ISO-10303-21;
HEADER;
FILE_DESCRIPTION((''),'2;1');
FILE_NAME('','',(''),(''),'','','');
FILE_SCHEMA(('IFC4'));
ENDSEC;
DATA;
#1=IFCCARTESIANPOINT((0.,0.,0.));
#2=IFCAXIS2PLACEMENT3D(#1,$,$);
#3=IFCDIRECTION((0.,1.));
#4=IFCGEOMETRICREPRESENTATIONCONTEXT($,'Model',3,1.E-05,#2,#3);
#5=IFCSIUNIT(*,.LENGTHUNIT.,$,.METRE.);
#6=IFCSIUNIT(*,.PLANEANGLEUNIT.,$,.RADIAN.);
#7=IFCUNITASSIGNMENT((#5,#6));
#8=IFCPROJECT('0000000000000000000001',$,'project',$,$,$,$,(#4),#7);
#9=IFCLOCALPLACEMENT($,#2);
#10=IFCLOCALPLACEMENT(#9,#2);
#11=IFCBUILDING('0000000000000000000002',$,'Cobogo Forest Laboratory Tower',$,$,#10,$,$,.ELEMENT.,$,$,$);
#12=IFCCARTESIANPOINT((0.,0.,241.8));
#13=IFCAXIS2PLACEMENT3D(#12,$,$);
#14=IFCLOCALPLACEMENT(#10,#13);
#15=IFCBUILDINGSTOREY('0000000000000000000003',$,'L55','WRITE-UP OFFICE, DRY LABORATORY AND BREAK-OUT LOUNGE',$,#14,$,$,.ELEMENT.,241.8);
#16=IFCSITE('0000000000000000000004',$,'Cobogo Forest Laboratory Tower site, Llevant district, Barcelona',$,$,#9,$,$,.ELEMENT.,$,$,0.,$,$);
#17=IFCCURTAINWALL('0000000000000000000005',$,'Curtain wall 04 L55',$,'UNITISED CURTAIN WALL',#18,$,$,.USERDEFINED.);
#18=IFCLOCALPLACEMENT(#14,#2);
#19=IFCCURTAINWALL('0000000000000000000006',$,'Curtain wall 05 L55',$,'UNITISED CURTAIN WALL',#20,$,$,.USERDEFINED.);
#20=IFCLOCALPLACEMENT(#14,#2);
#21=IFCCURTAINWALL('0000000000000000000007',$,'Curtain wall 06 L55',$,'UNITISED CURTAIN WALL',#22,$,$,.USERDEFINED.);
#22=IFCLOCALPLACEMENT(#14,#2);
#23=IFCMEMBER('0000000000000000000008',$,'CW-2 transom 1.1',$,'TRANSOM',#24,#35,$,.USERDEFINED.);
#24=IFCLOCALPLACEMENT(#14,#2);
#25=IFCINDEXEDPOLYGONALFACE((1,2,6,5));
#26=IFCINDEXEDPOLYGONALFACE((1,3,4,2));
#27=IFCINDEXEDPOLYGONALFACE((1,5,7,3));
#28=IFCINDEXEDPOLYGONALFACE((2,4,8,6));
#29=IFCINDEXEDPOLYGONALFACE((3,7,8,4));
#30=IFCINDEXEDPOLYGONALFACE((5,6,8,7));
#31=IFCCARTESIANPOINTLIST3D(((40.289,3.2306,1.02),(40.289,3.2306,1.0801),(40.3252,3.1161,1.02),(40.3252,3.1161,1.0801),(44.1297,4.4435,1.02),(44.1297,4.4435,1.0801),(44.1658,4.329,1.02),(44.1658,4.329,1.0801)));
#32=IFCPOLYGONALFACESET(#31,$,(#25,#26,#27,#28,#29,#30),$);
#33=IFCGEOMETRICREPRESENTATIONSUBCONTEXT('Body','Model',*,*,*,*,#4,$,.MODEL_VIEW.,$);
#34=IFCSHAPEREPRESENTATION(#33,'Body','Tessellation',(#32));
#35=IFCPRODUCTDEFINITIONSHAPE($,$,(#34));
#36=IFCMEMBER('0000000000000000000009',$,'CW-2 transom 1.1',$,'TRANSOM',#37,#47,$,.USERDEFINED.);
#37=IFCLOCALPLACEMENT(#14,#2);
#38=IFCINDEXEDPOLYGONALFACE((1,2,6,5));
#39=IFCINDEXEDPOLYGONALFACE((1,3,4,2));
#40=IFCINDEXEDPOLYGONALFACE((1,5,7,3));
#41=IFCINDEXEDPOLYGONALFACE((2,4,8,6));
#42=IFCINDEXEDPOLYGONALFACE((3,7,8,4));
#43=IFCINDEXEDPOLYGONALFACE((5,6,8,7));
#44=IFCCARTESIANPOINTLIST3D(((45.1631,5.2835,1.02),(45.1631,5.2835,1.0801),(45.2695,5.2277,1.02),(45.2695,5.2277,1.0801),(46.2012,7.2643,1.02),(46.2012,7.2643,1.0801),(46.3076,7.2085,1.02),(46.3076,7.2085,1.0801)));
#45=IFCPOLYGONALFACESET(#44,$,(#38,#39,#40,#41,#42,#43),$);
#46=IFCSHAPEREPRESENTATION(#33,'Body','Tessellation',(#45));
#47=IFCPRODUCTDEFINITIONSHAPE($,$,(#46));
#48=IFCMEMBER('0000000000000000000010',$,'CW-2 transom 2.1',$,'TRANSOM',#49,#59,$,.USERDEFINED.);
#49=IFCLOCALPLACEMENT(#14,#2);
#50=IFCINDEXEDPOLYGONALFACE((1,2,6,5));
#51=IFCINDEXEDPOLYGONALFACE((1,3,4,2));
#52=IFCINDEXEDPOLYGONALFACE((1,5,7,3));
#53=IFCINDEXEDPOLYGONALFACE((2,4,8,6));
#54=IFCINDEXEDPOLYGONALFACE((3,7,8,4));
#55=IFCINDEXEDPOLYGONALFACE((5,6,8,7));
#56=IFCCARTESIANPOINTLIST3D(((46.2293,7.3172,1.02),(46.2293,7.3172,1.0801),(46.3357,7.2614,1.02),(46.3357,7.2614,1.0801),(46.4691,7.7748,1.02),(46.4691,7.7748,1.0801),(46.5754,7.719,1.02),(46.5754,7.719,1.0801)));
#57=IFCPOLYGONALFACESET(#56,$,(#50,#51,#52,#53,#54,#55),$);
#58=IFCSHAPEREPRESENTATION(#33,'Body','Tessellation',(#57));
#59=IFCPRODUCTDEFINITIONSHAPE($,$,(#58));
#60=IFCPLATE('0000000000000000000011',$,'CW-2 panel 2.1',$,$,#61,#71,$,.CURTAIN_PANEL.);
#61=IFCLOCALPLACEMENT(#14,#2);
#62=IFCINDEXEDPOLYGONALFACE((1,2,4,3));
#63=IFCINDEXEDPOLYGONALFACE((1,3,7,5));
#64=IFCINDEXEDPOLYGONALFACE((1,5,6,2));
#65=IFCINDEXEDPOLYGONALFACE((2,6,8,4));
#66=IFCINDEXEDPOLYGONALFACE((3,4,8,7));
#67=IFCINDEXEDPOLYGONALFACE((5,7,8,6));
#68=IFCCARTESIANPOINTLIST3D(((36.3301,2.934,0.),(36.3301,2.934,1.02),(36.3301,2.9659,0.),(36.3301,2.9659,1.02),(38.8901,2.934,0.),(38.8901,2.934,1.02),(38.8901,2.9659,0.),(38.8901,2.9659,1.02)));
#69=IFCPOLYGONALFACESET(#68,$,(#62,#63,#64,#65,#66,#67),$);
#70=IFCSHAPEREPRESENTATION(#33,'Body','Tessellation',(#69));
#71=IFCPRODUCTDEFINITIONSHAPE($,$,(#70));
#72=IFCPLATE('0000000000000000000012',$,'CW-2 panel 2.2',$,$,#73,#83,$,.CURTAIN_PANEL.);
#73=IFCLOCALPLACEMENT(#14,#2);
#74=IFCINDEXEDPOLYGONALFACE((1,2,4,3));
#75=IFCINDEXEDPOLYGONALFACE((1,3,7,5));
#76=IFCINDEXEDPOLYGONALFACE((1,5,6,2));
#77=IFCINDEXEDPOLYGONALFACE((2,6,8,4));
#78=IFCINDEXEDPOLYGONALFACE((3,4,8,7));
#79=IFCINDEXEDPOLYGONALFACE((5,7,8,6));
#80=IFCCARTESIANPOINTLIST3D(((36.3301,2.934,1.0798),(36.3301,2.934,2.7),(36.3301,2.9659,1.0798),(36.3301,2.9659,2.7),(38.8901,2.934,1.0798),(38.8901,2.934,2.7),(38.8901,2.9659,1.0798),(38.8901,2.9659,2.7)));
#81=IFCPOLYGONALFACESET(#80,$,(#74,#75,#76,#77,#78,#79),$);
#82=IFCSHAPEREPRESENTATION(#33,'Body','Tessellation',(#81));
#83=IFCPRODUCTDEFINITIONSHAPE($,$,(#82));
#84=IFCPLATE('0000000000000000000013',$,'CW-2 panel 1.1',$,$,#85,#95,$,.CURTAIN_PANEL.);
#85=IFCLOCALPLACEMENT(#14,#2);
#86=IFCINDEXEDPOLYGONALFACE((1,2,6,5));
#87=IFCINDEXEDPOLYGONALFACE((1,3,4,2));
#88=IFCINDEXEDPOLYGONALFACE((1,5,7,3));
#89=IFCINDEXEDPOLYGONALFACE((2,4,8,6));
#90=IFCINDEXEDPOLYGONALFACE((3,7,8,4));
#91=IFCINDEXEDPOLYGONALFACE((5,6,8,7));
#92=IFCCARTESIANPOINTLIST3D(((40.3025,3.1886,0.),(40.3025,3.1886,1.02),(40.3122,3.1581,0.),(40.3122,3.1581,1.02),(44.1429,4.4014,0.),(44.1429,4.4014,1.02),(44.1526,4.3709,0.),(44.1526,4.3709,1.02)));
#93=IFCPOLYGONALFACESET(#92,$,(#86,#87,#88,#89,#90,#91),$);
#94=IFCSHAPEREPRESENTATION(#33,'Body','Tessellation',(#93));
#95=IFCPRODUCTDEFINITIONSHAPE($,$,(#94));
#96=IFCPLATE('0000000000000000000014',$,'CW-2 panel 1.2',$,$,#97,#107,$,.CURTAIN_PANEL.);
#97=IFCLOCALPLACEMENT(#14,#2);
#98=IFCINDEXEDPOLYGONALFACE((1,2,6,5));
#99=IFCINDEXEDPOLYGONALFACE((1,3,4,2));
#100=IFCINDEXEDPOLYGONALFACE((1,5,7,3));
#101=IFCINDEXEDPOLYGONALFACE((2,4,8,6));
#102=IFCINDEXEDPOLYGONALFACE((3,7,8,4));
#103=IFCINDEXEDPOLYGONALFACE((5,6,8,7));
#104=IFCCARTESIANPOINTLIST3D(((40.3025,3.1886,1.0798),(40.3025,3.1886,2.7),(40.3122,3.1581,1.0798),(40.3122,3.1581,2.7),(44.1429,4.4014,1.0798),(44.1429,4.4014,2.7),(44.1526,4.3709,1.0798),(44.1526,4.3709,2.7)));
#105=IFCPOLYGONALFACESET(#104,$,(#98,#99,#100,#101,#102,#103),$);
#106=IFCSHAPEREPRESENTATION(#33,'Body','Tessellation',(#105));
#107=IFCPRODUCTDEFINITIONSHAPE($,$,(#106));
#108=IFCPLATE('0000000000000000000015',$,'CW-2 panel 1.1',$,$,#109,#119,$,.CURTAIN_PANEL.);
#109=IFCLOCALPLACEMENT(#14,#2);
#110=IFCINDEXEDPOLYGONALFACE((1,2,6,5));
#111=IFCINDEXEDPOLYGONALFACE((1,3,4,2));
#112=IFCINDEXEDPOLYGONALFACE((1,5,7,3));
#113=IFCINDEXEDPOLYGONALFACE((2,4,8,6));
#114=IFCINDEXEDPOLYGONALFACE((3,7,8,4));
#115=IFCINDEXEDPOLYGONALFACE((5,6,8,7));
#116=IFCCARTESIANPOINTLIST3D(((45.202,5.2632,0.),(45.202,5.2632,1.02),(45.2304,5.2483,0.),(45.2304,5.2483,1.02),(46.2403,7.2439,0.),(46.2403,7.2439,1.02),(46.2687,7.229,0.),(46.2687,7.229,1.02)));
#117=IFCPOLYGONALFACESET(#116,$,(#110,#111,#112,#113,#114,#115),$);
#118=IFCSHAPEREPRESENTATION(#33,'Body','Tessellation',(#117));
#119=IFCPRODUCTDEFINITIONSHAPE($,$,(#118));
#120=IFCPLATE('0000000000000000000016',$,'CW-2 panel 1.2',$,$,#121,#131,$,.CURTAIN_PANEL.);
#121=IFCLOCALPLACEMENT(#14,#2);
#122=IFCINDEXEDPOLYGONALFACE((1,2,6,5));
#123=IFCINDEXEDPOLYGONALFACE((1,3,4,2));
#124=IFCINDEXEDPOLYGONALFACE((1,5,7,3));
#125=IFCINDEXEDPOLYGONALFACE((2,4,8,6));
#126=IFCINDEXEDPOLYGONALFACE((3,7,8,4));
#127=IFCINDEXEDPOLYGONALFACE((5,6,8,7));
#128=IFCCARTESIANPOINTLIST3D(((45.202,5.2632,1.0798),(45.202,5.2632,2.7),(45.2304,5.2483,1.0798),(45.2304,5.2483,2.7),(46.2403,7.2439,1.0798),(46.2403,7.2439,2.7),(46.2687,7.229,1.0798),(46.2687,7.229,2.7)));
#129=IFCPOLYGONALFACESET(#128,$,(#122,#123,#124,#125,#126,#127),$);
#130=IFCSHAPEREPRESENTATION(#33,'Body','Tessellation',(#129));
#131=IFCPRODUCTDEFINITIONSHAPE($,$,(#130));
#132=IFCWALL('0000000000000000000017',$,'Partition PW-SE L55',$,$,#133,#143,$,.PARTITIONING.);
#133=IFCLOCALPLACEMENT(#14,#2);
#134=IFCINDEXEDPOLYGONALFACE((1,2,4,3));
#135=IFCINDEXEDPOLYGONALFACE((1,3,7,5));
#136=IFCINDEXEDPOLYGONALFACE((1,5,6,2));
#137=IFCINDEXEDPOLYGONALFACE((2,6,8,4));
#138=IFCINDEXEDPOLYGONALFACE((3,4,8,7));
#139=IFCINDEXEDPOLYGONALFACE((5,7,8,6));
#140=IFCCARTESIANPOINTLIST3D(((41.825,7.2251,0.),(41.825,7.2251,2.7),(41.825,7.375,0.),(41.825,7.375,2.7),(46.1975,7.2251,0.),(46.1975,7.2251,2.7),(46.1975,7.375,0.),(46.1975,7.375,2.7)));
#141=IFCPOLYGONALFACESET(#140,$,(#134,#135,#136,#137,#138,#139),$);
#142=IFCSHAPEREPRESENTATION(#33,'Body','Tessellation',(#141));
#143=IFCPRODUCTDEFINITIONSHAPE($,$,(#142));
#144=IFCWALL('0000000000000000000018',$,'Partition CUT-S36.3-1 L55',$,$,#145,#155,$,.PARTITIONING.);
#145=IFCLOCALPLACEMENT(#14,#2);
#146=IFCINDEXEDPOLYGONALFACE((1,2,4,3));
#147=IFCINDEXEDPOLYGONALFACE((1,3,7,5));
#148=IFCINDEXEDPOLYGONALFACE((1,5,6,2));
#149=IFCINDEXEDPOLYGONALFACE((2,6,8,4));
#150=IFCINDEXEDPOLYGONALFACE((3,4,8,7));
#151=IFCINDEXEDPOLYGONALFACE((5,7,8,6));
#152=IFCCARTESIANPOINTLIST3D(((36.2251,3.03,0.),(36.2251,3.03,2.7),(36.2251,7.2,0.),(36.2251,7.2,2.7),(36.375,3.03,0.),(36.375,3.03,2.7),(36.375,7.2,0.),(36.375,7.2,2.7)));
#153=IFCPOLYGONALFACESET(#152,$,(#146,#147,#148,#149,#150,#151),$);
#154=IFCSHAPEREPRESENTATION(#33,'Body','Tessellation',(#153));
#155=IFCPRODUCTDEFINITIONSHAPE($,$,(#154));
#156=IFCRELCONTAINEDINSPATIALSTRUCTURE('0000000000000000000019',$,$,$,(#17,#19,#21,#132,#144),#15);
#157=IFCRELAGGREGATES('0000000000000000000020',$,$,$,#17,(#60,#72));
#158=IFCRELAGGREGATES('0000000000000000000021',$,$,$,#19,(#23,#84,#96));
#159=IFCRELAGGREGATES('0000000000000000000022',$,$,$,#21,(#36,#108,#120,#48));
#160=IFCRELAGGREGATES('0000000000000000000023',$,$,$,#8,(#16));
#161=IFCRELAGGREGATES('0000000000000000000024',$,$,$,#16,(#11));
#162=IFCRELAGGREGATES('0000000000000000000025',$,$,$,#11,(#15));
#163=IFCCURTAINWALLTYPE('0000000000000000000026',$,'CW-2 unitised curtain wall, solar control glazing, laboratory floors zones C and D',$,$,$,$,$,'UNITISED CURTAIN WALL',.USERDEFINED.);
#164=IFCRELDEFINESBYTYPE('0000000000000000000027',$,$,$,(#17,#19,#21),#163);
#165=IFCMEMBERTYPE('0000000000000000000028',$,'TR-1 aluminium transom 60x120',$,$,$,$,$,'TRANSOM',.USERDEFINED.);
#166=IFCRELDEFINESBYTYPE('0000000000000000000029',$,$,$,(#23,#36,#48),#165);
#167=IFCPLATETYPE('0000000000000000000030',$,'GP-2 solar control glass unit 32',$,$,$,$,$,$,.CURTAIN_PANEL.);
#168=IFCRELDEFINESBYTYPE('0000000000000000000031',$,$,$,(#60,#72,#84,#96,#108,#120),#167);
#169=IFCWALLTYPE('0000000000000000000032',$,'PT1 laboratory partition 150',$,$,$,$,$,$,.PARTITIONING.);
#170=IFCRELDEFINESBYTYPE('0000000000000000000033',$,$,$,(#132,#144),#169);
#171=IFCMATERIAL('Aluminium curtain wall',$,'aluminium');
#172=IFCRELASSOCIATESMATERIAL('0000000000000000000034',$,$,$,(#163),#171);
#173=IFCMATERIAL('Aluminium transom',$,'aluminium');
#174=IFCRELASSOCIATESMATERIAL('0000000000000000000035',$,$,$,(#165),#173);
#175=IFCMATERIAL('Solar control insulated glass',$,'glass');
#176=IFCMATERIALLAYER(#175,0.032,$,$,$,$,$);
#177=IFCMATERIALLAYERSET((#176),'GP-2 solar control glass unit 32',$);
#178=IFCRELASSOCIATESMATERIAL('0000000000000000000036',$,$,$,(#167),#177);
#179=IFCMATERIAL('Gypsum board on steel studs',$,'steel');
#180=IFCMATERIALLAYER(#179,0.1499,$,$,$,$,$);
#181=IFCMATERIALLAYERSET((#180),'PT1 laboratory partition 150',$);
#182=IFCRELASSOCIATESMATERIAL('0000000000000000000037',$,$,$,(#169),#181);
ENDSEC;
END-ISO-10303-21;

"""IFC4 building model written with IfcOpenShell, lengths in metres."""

from ifc_helpers import new_model, si_unit, direction, frame, frame_2d, origin, origin_2d, place, context, subcontext, project, spatial, rectangle, extrude, material, layer, layer_set, material_profile, profile_set, type_object, element, aggregate, save


model = new_model("IFC4")

# Units and contexts
model_context = context("Model", 3, precision=1e-05, world=origin(), true_north=direction((0.0, 1.0)))
body_context = subcontext(model_context, "Body", "Model", "MODEL_VIEW")
ifc_project = project(units=[si_unit("LENGTHUNIT", "METRE"), si_unit("PLANEANGLEUNIT", "RADIAN")], contexts=[model_context])

# Site, building, storey
site_placement = place(None, origin())
site = spatial("IfcSite", under=ifc_project, at=site_placement, Name="Cobogo Forest Laboratory Tower site, Llevant district, Barcelona", CompositionType="ELEMENT", RefElevation=0.0)
building_placement = place(site_placement, origin())
building = spatial("IfcBuilding", under=site, at=building_placement, Name="Cobogo Forest Laboratory Tower", CompositionType="ELEMENT")
storey_placement = place(building_placement, frame((0.0, 0.0, 241.8)))
storey = spatial("IfcBuildingStorey", under=building, at=storey_placement, Name="L55", Description="WRITE-UP OFFICE, DRY LABORATORY AND BREAK-OUT LOUNGE", CompositionType="ELEMENT", Elevation=241.8)

# Curtain walls
ifc_material_1 = material(Name="Aluminium curtain wall", Category="aluminium")
curtain_wall_type = type_object("IfcCurtainWallType", Name="CW-2 unitised curtain wall, solar control glazing, laboratory floors zones C and D", ElementType="UNITISED CURTAIN WALL", PredefinedType="USERDEFINED", material=ifc_material_1)
curtain_wall_1_placement = place(storey_placement, origin())
curtain_wall_1 = element("IfcCurtainWall", 1, at=curtain_wall_1_placement, inside=storey, type_object=curtain_wall_type, Name="Curtain wall 04 L55", ObjectType="UNITISED CURTAIN WALL", PredefinedType="USERDEFINED")
curtain_wall_2_placement = place(storey_placement, origin())
curtain_wall_2 = element("IfcCurtainWall", 2, at=curtain_wall_2_placement, inside=storey, type_object=curtain_wall_type, Name="Curtain wall 05 L55", ObjectType="UNITISED CURTAIN WALL", PredefinedType="USERDEFINED")
curtain_wall_3_placement = place(storey_placement, origin())
curtain_wall_3 = element("IfcCurtainWall", 3, at=curtain_wall_3_placement, inside=storey, type_object=curtain_wall_type, Name="Curtain wall 06 L55", ObjectType="UNITISED CURTAIN WALL", PredefinedType="USERDEFINED")

# Members
ifc_material_2 = material(Name="Aluminium transom", Category="aluminium")
ifc_material_profile_1 = material_profile(ifc_material_2, rectangle(XDim=0.1201, YDim=0.0601, at=origin_2d()), Name="AL 60x120")
ifc_profile_set_1 = profile_set([ifc_material_profile_1], Name="Aluminium transom")
member_type_1 = type_object("IfcMemberType", Name="TR-1 aluminium transom 60x120", ElementType="TRANSOM", PredefinedType="USERDEFINED", material=ifc_profile_set_1)
member_1_placement = place(storey_placement, frame((40.3071, 3.1733, 1.05), z_axis=(0.953577, 0.301149, 0.0), x_axis=(-0.301149, 0.953577, 0.0)))
member_1 = element("IfcMember", 4, at=member_1_placement, type_object=member_type_1, Name="CW-2 transom 1.1", ObjectType="TRANSOM", PredefinedType="USERDEFINED", context=body_context, shape_type="SweptSolid", body=[
    extrude(rectangle(XDim=0.1201, YDim=0.0601, at=origin_2d()), origin(), (0.0, 0.0, 1.0), 4.0276),
])
member_2_placement = place(storey_placement, frame((45.2163, 5.2556, 1.05), z_axis=(0.464207, 0.885727, 0.0), x_axis=(-0.885727, 0.464207, 0.0)))
member_2 = element("IfcMember", 5, at=member_2_placement, type_object=member_type_1, Name="CW-2 transom 1.1", ObjectType="TRANSOM", PredefinedType="USERDEFINED", context=body_context, shape_type="SweptSolid", body=[
    extrude(rectangle(XDim=0.1201, YDim=0.0601, at=origin_2d()), origin(), (0.0, 0.0, 1.0), 2.2363),
])
member_3_placement = place(storey_placement, frame((46.2825, 7.2893, 1.05), z_axis=(0.464148, 0.885758, 0.0), x_axis=(-0.885758, 0.464148, 0.0)))
member_3 = element("IfcMember", 6, at=member_3_placement, type_object=member_type_1, Name="CW-2 transom 2.1", ObjectType="TRANSOM", PredefinedType="USERDEFINED", context=body_context, shape_type="SweptSolid", body=[
    extrude(rectangle(XDim=0.1201, YDim=0.0601, at=origin_2d()), origin(), (0.0, 0.0, 1.0), 0.5166),
])

# Plates
ifc_material_3 = material(Name="Solar control insulated glass", Category="glass")
ifc_layer_1 = layer(ifc_material_3, 0.032)
ifc_layer_set_1 = layer_set([ifc_layer_1], Name="GP-2 solar control glass unit 32")
plate_type = type_object("IfcPlateType", Name="GP-2 solar control glass unit 32", PredefinedType="CURTAIN_PANEL", material=ifc_layer_set_1)
plate_1_placement = place(storey_placement, frame((37.6101, 2.95, 0.0), z_axis=(0.0, 0.0, 1.0), x_axis=(1.0, 0.0, 0.0)))
plate_1 = element("IfcPlate", 7, at=plate_1_placement, type_object=plate_type, Name="CW-2 panel 2.1", PredefinedType="CURTAIN_PANEL", context=body_context, shape_type="SweptSolid", body=[
    extrude(rectangle(XDim=2.5601, YDim=0.032, at=origin_2d()), origin(), (0.0, 0.0, 1.0), 1.02),
])
plate_2_placement = place(storey_placement, frame((37.6101, 2.95, 1.0798), z_axis=(0.0, 0.0, 1.0), x_axis=(1.0, 0.0, 0.0)))
plate_2 = element("IfcPlate", 8, at=plate_2_placement, type_object=plate_type, Name="CW-2 panel 2.2", PredefinedType="CURTAIN_PANEL", context=body_context, shape_type="SweptSolid", body=[
    extrude(rectangle(XDim=2.5601, YDim=0.032, at=origin_2d()), origin(), (0.0, 0.0, 1.0), 1.6201),
])
aggregate(curtain_wall_1, [plate_1, plate_2])
plate_3_placement = place(storey_placement, frame((42.2275, 3.7798, 0.0), z_axis=(0.0, 0.0, 1.0), x_axis=(0.953581, 0.301135, 0.0)))
plate_3 = element("IfcPlate", 9, at=plate_3_placement, type_object=plate_type, Name="CW-2 panel 1.1", PredefinedType="CURTAIN_PANEL", context=body_context, shape_type="SweptSolid", body=[
    extrude(rectangle(XDim=4.0273, YDim=0.032, at=origin_2d()), origin(), (0.0, 0.0, 1.0), 1.02),
])
plate_4_placement = place(storey_placement, frame((42.2275, 3.7798, 1.0798), z_axis=(0.0, 0.0, 1.0), x_axis=(0.953581, 0.301135, 0.0)))
plate_4 = element("IfcPlate", 10, at=plate_4_placement, type_object=plate_type, Name="CW-2 panel 1.2", PredefinedType="CURTAIN_PANEL", context=body_context, shape_type="SweptSolid", body=[
    extrude(rectangle(XDim=4.0273, YDim=0.032, at=origin_2d()), origin(), (0.0, 0.0, 1.0), 1.6201),
])
aggregate(curtain_wall_2, [member_1, plate_3, plate_4])
plate_5_placement = place(storey_placement, frame((45.7354, 6.2461, 0.0), z_axis=(0.0, 0.0, 1.0), x_axis=(0.464284, 0.885686, 0.0)))
plate_5 = element("IfcPlate", 11, at=plate_5_placement, type_object=plate_type, Name="CW-2 panel 1.1", PredefinedType="CURTAIN_PANEL", context=body_context, shape_type="SweptSolid", body=[
    extrude(rectangle(XDim=2.2363, YDim=0.032, at=origin_2d()), origin(), (0.0, 0.0, 1.0), 1.02),
])
plate_6_placement = place(storey_placement, frame((45.7354, 6.2461, 1.0798), z_axis=(0.0, 0.0, 1.0), x_axis=(0.464284, 0.885686, 0.0)))
plate_6 = element("IfcPlate", 12, at=plate_6_placement, type_object=plate_type, Name="CW-2 panel 1.2", PredefinedType="CURTAIN_PANEL", context=body_context, shape_type="SweptSolid", body=[
    extrude(rectangle(XDim=2.2363, YDim=0.032, at=origin_2d()), origin(), (0.0, 0.0, 1.0), 1.6201),
])
aggregate(curtain_wall_3, [member_2, plate_5, plate_6, member_3])

# Walls
ifc_material_4 = material(Name="Gypsum board on steel studs", Category="steel")
ifc_layer_2 = layer(ifc_material_4, 0.1499)
ifc_layer_set_2 = layer_set([ifc_layer_2], Name="PT1 laboratory partition 150")
wall_type = type_object("IfcWallType", Name="PT1 laboratory partition 150", PredefinedType="PARTITIONING", material=ifc_layer_set_2)
wall_1_placement = place(storey_placement, frame((46.1975, 7.3, 0.0), z_axis=(0.0, 0.0, 1.0), x_axis=(-1.0, 0.0, 0.0)))
element("IfcWall", 13, at=wall_1_placement, inside=storey, type_object=wall_type, Name="Partition PW-SE L55", PredefinedType="PARTITIONING", context=body_context, shape_type="SweptSolid", body=[
    extrude(rectangle(XDim=4.3726, YDim=0.1499, at=frame_2d((2.1863, 0.0))), origin(), (0.0, 0.0, 1.0), 2.7),
])
wall_2_placement = place(storey_placement, frame((36.3, 3.03, 0.0), z_axis=(0.0, 0.0, 1.0), x_axis=(0.0, 1.0, 0.0)))
element("IfcWall", 14, at=wall_2_placement, inside=storey, type_object=wall_type, Name="Partition CUT-S36.3-1 L55", PredefinedType="PARTITIONING", context=body_context, shape_type="SweptSolid", body=[
    extrude(rectangle(XDim=4.1699, YDim=0.1499, at=frame_2d((2.085, 0.0))), origin(), (0.0, 0.0, 1.0), 2.7),
])

save(model, "model.ifc")
